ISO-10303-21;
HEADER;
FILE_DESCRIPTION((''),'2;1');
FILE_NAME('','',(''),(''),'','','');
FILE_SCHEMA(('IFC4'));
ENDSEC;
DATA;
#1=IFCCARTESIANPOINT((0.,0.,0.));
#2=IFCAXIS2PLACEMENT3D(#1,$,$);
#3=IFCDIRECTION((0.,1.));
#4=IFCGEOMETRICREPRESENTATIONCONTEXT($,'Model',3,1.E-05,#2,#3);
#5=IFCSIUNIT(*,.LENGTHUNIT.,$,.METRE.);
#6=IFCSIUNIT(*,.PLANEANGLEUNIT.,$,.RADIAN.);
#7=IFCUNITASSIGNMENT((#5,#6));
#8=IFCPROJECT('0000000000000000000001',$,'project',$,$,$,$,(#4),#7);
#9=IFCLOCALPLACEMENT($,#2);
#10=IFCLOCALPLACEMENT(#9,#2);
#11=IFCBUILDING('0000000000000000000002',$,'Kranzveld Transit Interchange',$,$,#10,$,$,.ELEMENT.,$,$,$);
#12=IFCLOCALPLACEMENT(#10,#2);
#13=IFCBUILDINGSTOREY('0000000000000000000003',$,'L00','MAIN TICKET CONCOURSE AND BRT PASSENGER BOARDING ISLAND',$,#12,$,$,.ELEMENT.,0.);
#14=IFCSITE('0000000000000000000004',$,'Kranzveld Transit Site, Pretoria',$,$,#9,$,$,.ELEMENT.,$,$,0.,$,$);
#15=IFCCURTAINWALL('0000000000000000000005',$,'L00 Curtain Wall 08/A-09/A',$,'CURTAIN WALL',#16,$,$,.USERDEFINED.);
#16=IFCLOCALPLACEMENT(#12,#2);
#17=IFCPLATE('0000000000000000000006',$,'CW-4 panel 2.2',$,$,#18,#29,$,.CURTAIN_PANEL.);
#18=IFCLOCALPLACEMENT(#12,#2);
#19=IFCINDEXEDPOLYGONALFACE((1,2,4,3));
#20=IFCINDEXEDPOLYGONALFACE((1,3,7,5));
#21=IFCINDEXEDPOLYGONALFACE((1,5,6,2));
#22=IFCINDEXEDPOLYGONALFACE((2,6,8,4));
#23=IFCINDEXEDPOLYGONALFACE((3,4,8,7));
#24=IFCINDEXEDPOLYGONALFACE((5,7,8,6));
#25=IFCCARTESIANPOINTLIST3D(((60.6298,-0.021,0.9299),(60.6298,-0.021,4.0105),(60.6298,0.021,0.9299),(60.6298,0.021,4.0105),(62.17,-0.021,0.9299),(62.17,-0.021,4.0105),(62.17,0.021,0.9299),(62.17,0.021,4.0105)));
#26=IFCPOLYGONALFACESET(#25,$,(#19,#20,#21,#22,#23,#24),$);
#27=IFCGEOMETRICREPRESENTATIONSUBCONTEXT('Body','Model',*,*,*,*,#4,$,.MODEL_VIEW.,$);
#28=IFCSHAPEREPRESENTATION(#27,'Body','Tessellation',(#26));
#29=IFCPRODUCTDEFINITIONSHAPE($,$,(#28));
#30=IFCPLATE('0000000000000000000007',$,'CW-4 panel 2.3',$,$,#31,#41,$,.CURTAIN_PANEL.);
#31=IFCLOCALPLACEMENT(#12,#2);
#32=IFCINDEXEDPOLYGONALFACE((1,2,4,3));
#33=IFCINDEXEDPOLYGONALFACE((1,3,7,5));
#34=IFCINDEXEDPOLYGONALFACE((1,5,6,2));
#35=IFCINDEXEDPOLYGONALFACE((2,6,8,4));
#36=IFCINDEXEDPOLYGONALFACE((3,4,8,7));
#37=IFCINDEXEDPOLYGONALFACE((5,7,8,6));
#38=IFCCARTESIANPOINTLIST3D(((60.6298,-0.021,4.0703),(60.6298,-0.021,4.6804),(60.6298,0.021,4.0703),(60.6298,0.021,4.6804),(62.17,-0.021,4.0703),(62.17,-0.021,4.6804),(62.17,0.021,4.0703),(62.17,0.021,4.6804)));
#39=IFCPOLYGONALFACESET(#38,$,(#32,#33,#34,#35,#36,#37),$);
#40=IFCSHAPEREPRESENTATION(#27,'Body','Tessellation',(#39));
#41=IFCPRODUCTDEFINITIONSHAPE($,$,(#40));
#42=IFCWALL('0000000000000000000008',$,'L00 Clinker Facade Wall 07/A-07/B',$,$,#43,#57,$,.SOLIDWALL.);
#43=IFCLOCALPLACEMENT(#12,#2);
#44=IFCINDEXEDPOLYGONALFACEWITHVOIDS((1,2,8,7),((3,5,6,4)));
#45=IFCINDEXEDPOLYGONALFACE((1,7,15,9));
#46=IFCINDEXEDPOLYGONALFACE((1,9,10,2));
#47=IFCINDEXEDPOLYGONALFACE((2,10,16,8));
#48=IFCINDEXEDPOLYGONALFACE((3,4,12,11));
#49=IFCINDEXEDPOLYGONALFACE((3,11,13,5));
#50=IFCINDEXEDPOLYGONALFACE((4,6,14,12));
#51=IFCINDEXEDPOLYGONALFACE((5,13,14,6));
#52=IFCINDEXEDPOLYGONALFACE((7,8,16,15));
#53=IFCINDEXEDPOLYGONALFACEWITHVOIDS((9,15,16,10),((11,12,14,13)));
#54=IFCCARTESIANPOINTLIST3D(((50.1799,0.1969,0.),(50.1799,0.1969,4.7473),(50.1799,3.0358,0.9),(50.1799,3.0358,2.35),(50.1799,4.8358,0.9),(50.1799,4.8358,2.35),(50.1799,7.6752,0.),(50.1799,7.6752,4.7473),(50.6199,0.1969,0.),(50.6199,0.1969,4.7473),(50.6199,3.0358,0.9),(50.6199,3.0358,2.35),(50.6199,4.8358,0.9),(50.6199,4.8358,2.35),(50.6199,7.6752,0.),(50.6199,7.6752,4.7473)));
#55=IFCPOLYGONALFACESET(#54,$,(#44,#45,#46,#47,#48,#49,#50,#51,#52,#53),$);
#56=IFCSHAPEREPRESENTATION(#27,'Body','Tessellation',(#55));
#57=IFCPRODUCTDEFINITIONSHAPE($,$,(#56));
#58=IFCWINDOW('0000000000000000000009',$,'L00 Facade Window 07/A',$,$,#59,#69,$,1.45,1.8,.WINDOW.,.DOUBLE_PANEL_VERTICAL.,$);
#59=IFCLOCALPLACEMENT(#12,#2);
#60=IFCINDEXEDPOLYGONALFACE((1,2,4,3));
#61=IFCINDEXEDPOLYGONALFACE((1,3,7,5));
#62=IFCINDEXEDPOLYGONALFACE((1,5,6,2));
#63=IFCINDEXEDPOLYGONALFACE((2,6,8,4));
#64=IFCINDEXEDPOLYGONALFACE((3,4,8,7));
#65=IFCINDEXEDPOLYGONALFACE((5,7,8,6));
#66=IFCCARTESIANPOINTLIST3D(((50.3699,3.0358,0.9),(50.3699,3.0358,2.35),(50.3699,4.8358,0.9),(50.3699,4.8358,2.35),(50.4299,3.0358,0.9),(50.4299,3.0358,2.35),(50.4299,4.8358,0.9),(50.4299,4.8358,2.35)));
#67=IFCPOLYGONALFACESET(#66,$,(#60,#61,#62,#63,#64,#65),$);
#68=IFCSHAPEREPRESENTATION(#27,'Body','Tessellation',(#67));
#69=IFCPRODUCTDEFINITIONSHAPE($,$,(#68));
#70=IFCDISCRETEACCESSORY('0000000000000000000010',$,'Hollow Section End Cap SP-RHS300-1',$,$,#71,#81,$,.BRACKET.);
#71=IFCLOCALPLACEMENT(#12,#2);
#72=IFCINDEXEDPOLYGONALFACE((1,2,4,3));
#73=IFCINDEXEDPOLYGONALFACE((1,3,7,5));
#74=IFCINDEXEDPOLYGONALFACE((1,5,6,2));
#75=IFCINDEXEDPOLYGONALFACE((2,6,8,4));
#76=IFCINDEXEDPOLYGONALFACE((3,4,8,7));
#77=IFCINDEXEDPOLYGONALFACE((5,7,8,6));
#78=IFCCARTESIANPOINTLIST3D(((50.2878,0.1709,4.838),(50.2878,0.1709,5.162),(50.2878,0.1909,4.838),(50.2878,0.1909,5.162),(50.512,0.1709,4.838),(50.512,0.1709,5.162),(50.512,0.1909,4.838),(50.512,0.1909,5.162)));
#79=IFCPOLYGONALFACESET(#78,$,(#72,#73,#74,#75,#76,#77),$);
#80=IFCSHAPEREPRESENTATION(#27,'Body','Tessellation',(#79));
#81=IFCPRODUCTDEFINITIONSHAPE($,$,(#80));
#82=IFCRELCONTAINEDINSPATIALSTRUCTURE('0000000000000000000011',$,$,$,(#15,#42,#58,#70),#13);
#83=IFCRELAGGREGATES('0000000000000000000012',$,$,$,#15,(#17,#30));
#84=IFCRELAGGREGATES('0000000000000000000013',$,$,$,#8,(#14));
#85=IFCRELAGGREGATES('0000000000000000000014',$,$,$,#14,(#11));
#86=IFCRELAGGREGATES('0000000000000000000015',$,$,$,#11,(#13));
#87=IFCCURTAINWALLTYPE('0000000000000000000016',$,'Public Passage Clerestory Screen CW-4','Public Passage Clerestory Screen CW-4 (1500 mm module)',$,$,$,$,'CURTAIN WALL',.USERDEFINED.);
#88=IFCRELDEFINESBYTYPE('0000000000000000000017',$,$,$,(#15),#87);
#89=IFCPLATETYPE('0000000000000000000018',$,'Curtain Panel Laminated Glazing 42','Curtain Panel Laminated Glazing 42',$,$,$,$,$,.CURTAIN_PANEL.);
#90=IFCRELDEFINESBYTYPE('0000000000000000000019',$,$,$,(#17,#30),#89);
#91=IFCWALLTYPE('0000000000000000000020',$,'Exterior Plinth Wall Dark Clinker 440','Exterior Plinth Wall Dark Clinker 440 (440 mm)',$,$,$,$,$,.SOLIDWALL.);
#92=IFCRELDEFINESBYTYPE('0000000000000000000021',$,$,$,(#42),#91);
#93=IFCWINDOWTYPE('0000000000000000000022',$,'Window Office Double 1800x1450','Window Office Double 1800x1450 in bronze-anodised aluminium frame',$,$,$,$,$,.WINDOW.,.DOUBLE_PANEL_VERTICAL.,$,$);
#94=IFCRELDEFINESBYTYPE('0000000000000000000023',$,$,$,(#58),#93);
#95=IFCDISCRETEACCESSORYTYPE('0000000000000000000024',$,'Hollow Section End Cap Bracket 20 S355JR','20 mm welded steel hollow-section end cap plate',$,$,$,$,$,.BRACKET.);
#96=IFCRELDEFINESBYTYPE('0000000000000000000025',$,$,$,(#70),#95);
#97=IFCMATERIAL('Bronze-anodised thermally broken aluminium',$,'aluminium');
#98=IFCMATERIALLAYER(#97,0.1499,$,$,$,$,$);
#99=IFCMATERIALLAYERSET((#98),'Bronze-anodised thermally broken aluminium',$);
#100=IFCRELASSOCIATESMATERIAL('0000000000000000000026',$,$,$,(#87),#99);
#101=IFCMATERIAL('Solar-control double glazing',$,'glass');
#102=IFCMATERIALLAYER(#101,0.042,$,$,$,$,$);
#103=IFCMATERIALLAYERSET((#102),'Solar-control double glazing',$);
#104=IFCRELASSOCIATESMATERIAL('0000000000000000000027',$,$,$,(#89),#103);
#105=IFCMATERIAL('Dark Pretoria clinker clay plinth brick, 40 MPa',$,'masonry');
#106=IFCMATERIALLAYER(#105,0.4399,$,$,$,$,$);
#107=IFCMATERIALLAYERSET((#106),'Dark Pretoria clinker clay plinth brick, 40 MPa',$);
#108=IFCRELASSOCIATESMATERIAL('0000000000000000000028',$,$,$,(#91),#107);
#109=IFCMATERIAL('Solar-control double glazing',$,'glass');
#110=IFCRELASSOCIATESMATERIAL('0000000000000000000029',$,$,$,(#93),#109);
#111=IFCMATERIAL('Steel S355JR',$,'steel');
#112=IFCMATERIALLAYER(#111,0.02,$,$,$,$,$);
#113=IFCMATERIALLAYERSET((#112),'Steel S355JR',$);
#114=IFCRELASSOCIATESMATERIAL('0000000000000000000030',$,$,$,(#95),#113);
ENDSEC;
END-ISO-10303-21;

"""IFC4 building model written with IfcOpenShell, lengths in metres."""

from ifc_helpers import new_model, si_unit, direction, frame, frame_2d, origin, origin_2d, place, context, subcontext, project, spatial, rectangle, extrude, material, layer, layer_set, type_object, element, fill, aggregate, save


model = new_model("IFC4")

# Units and contexts
model_context = context("Model", 3, precision=1e-05, world=origin(), true_north=direction((0.0, 1.0)))
body_context = subcontext(model_context, "Body", "Model", "MODEL_VIEW")
ifc_project = project(units=[si_unit("LENGTHUNIT", "METRE"), si_unit("PLANEANGLEUNIT", "RADIAN")], contexts=[model_context])

# Site, building, storey
site_placement = place(None, origin())
site = spatial("IfcSite", under=ifc_project, at=site_placement, Name="Kranzveld Transit Site, Pretoria", CompositionType="ELEMENT", RefElevation=0.0)
building_placement = place(site_placement, origin())
building = spatial("IfcBuilding", under=site, at=building_placement, Name="Kranzveld Transit Interchange", CompositionType="ELEMENT")
storey_placement = place(building_placement, origin())
storey = spatial("IfcBuildingStorey", under=building, at=storey_placement, Name="L00", Description="MAIN TICKET CONCOURSE AND BRT PASSENGER BOARDING ISLAND", CompositionType="ELEMENT", Elevation=0.0)

# Curtain wall
ifc_material_1 = material(Name="Bronze-anodised thermally broken aluminium", Category="aluminium")
ifc_layer_1 = layer(ifc_material_1, 0.1499)
ifc_layer_set_1 = layer_set([ifc_layer_1], Name="Bronze-anodised thermally broken aluminium")
curtain_wall_type = type_object("IfcCurtainWallType", Name="Public Passage Clerestory Screen CW-4", Description="Public Passage Clerestory Screen CW-4 (1500 mm module)", ElementType="CURTAIN WALL", PredefinedType="USERDEFINED", material=ifc_layer_set_1)
curtain_wall_placement = place(storey_placement, origin())
curtain_wall = element("IfcCurtainWall", 1, at=curtain_wall_placement, inside=storey, type_object=curtain_wall_type, Name="L00 Curtain Wall 08/A-09/A", ObjectType="CURTAIN WALL", PredefinedType="USERDEFINED")

# Plates
ifc_material_2 = material(Name="Solar-control double glazing", Category="glass")
ifc_layer_2 = layer(ifc_material_2, 0.042)
ifc_layer_set_2 = layer_set([ifc_layer_2], Name="Solar-control double glazing")
plate_type = type_object("IfcPlateType", Name="Curtain Panel Laminated Glazing 42", Description="Curtain Panel Laminated Glazing 42", PredefinedType="CURTAIN_PANEL", material=ifc_layer_set_2)
plate_1_placement = place(storey_placement, frame((61.3999, 0.0, 0.9299), z_axis=(0.0, 0.0, 1.0), x_axis=(1.0, 0.0, 0.0)))
plate_1 = element("IfcPlate", 2, at=plate_1_placement, type_object=plate_type, Name="CW-4 panel 2.2", PredefinedType="CURTAIN_PANEL", context=body_context, shape_type="SweptSolid", body=[
    extrude(rectangle(XDim=1.5403, YDim=0.042, at=origin_2d()), origin(), (0.0, 0.0, 1.0), 3.0806),
])
plate_2_placement = place(storey_placement, frame((61.3999, 0.0, 4.0703), z_axis=(0.0, 0.0, 1.0), x_axis=(1.0, 0.0, 0.0)))
plate_2 = element("IfcPlate", 3, at=plate_2_placement, type_object=plate_type, Name="CW-4 panel 2.3", PredefinedType="CURTAIN_PANEL", context=body_context, shape_type="SweptSolid", body=[
    extrude(rectangle(XDim=1.5403, YDim=0.042, at=origin_2d()), origin(), (0.0, 0.0, 1.0), 0.6101),
])
aggregate(curtain_wall, [plate_1, plate_2])

# Wall, opening, window
ifc_material_3 = material(Name="Dark Pretoria clinker clay plinth brick, 40 MPa", Category="masonry")
ifc_layer_3 = layer(ifc_material_3, 0.4399)
ifc_layer_set_3 = layer_set([ifc_layer_3], Name="Dark Pretoria clinker clay plinth brick, 40 MPa")
wall_type = type_object("IfcWallType", Name="Exterior Plinth Wall Dark Clinker 440", Description="Exterior Plinth Wall Dark Clinker 440 (440 mm)", PredefinedType="SOLIDWALL", material=ifc_layer_set_3)
wall_placement = place(storey_placement, frame((50.3999, 0.1968, 0.0), z_axis=(0.0, 0.0, 1.0), x_axis=(0.0, 1.0, 0.0)))
wall = element("IfcWall", 4, at=wall_placement, inside=storey, type_object=wall_type, Name="L00 Clinker Facade Wall 07/A-07/B", PredefinedType="SOLIDWALL", context=body_context, shape_type="SweptSolid", body=[
    extrude(rectangle(XDim=7.4783, YDim=0.4399, at=frame_2d((3.7393, 0.0))), origin(), (0.0, 0.0, 1.0), 4.7473),
])
opening_placement = place(wall_placement, frame((2.8391, 0.0, 0.8999), z_axis=(0.0, 0.0, 1.0), x_axis=(1.0, 0.0, 0.0)))
opening = element("IfcOpeningElement", 5, at=opening_placement, cuts=wall, PredefinedType="OPENING", context=body_context, shape_type="SweptSolid", body=[
    extrude(rectangle(XDim=1.8, YDim=1.45, at=frame_2d((0.8999, 0.7251))), frame((0.0, 0.23, 0.0), z_axis=(0.0, -1.0, 0.0), x_axis=(1.0, 0.0, 0.0)), (0.0, 0.0, 1.0), 0.46),
])
ifc_material_4 = material(Name="Solar-control double glazing", Category="glass")
window_type = type_object("IfcWindowType", Name="Window Office Double 1800x1450", Description="Window Office Double 1800x1450 in bronze-anodised aluminium frame", PartitioningType="DOUBLE_PANEL_VERTICAL", PredefinedType="WINDOW", material=ifc_material_4)
window_placement = place(opening_placement, origin())
window = element("IfcWindow", 6, at=window_placement, inside=storey, type_object=window_type, Name="L00 Facade Window 07/A", OverallHeight=1.45, OverallWidth=1.8, PartitioningType="DOUBLE_PANEL_VERTICAL", PredefinedType="WINDOW", context=body_context, shape_type="SweptSolid", body=[
    extrude(rectangle(XDim=1.8, YDim=1.45, at=frame_2d((0.8999, 0.7251))), frame((0.0, 0.03, 0.0), z_axis=(0.0, -1.0, 0.0), x_axis=(1.0, 0.0, 0.0)), (0.0, 0.0, 1.0), 0.0601),
])
fill(opening, window)

# Discrete accessory
ifc_material_5 = material(Name="Steel S355JR", Category="steel")
ifc_layer_4 = layer(ifc_material_5, 0.02)
ifc_layer_set_4 = layer_set([ifc_layer_4], Name="Steel S355JR")
discrete_accessory_type = type_object("IfcDiscreteAccessoryType", Name="Hollow Section End Cap Bracket 20 S355JR", Description="20 mm welded steel hollow-section end cap plate", PredefinedType="BRACKET", material=ifc_layer_set_4)
discrete_accessory_placement = place(storey_placement, frame((50.3999, 0.1909, 5.0), z_axis=(0.0, -1.0, 0.0), x_axis=(1.0, 0.0, 0.0)))
element("IfcDiscreteAccessory", 7, at=discrete_accessory_placement, inside=storey, type_object=discrete_accessory_type, Name="Hollow Section End Cap SP-RHS300-1", PredefinedType="BRACKET", context=body_context, shape_type="SweptSolid", body=[
    extrude(rectangle(XDim=0.2241, YDim=0.324, at=origin_2d()), origin(), (0.0, 0.0, 1.0), 0.02),
])

save(model, "model.ifc")
